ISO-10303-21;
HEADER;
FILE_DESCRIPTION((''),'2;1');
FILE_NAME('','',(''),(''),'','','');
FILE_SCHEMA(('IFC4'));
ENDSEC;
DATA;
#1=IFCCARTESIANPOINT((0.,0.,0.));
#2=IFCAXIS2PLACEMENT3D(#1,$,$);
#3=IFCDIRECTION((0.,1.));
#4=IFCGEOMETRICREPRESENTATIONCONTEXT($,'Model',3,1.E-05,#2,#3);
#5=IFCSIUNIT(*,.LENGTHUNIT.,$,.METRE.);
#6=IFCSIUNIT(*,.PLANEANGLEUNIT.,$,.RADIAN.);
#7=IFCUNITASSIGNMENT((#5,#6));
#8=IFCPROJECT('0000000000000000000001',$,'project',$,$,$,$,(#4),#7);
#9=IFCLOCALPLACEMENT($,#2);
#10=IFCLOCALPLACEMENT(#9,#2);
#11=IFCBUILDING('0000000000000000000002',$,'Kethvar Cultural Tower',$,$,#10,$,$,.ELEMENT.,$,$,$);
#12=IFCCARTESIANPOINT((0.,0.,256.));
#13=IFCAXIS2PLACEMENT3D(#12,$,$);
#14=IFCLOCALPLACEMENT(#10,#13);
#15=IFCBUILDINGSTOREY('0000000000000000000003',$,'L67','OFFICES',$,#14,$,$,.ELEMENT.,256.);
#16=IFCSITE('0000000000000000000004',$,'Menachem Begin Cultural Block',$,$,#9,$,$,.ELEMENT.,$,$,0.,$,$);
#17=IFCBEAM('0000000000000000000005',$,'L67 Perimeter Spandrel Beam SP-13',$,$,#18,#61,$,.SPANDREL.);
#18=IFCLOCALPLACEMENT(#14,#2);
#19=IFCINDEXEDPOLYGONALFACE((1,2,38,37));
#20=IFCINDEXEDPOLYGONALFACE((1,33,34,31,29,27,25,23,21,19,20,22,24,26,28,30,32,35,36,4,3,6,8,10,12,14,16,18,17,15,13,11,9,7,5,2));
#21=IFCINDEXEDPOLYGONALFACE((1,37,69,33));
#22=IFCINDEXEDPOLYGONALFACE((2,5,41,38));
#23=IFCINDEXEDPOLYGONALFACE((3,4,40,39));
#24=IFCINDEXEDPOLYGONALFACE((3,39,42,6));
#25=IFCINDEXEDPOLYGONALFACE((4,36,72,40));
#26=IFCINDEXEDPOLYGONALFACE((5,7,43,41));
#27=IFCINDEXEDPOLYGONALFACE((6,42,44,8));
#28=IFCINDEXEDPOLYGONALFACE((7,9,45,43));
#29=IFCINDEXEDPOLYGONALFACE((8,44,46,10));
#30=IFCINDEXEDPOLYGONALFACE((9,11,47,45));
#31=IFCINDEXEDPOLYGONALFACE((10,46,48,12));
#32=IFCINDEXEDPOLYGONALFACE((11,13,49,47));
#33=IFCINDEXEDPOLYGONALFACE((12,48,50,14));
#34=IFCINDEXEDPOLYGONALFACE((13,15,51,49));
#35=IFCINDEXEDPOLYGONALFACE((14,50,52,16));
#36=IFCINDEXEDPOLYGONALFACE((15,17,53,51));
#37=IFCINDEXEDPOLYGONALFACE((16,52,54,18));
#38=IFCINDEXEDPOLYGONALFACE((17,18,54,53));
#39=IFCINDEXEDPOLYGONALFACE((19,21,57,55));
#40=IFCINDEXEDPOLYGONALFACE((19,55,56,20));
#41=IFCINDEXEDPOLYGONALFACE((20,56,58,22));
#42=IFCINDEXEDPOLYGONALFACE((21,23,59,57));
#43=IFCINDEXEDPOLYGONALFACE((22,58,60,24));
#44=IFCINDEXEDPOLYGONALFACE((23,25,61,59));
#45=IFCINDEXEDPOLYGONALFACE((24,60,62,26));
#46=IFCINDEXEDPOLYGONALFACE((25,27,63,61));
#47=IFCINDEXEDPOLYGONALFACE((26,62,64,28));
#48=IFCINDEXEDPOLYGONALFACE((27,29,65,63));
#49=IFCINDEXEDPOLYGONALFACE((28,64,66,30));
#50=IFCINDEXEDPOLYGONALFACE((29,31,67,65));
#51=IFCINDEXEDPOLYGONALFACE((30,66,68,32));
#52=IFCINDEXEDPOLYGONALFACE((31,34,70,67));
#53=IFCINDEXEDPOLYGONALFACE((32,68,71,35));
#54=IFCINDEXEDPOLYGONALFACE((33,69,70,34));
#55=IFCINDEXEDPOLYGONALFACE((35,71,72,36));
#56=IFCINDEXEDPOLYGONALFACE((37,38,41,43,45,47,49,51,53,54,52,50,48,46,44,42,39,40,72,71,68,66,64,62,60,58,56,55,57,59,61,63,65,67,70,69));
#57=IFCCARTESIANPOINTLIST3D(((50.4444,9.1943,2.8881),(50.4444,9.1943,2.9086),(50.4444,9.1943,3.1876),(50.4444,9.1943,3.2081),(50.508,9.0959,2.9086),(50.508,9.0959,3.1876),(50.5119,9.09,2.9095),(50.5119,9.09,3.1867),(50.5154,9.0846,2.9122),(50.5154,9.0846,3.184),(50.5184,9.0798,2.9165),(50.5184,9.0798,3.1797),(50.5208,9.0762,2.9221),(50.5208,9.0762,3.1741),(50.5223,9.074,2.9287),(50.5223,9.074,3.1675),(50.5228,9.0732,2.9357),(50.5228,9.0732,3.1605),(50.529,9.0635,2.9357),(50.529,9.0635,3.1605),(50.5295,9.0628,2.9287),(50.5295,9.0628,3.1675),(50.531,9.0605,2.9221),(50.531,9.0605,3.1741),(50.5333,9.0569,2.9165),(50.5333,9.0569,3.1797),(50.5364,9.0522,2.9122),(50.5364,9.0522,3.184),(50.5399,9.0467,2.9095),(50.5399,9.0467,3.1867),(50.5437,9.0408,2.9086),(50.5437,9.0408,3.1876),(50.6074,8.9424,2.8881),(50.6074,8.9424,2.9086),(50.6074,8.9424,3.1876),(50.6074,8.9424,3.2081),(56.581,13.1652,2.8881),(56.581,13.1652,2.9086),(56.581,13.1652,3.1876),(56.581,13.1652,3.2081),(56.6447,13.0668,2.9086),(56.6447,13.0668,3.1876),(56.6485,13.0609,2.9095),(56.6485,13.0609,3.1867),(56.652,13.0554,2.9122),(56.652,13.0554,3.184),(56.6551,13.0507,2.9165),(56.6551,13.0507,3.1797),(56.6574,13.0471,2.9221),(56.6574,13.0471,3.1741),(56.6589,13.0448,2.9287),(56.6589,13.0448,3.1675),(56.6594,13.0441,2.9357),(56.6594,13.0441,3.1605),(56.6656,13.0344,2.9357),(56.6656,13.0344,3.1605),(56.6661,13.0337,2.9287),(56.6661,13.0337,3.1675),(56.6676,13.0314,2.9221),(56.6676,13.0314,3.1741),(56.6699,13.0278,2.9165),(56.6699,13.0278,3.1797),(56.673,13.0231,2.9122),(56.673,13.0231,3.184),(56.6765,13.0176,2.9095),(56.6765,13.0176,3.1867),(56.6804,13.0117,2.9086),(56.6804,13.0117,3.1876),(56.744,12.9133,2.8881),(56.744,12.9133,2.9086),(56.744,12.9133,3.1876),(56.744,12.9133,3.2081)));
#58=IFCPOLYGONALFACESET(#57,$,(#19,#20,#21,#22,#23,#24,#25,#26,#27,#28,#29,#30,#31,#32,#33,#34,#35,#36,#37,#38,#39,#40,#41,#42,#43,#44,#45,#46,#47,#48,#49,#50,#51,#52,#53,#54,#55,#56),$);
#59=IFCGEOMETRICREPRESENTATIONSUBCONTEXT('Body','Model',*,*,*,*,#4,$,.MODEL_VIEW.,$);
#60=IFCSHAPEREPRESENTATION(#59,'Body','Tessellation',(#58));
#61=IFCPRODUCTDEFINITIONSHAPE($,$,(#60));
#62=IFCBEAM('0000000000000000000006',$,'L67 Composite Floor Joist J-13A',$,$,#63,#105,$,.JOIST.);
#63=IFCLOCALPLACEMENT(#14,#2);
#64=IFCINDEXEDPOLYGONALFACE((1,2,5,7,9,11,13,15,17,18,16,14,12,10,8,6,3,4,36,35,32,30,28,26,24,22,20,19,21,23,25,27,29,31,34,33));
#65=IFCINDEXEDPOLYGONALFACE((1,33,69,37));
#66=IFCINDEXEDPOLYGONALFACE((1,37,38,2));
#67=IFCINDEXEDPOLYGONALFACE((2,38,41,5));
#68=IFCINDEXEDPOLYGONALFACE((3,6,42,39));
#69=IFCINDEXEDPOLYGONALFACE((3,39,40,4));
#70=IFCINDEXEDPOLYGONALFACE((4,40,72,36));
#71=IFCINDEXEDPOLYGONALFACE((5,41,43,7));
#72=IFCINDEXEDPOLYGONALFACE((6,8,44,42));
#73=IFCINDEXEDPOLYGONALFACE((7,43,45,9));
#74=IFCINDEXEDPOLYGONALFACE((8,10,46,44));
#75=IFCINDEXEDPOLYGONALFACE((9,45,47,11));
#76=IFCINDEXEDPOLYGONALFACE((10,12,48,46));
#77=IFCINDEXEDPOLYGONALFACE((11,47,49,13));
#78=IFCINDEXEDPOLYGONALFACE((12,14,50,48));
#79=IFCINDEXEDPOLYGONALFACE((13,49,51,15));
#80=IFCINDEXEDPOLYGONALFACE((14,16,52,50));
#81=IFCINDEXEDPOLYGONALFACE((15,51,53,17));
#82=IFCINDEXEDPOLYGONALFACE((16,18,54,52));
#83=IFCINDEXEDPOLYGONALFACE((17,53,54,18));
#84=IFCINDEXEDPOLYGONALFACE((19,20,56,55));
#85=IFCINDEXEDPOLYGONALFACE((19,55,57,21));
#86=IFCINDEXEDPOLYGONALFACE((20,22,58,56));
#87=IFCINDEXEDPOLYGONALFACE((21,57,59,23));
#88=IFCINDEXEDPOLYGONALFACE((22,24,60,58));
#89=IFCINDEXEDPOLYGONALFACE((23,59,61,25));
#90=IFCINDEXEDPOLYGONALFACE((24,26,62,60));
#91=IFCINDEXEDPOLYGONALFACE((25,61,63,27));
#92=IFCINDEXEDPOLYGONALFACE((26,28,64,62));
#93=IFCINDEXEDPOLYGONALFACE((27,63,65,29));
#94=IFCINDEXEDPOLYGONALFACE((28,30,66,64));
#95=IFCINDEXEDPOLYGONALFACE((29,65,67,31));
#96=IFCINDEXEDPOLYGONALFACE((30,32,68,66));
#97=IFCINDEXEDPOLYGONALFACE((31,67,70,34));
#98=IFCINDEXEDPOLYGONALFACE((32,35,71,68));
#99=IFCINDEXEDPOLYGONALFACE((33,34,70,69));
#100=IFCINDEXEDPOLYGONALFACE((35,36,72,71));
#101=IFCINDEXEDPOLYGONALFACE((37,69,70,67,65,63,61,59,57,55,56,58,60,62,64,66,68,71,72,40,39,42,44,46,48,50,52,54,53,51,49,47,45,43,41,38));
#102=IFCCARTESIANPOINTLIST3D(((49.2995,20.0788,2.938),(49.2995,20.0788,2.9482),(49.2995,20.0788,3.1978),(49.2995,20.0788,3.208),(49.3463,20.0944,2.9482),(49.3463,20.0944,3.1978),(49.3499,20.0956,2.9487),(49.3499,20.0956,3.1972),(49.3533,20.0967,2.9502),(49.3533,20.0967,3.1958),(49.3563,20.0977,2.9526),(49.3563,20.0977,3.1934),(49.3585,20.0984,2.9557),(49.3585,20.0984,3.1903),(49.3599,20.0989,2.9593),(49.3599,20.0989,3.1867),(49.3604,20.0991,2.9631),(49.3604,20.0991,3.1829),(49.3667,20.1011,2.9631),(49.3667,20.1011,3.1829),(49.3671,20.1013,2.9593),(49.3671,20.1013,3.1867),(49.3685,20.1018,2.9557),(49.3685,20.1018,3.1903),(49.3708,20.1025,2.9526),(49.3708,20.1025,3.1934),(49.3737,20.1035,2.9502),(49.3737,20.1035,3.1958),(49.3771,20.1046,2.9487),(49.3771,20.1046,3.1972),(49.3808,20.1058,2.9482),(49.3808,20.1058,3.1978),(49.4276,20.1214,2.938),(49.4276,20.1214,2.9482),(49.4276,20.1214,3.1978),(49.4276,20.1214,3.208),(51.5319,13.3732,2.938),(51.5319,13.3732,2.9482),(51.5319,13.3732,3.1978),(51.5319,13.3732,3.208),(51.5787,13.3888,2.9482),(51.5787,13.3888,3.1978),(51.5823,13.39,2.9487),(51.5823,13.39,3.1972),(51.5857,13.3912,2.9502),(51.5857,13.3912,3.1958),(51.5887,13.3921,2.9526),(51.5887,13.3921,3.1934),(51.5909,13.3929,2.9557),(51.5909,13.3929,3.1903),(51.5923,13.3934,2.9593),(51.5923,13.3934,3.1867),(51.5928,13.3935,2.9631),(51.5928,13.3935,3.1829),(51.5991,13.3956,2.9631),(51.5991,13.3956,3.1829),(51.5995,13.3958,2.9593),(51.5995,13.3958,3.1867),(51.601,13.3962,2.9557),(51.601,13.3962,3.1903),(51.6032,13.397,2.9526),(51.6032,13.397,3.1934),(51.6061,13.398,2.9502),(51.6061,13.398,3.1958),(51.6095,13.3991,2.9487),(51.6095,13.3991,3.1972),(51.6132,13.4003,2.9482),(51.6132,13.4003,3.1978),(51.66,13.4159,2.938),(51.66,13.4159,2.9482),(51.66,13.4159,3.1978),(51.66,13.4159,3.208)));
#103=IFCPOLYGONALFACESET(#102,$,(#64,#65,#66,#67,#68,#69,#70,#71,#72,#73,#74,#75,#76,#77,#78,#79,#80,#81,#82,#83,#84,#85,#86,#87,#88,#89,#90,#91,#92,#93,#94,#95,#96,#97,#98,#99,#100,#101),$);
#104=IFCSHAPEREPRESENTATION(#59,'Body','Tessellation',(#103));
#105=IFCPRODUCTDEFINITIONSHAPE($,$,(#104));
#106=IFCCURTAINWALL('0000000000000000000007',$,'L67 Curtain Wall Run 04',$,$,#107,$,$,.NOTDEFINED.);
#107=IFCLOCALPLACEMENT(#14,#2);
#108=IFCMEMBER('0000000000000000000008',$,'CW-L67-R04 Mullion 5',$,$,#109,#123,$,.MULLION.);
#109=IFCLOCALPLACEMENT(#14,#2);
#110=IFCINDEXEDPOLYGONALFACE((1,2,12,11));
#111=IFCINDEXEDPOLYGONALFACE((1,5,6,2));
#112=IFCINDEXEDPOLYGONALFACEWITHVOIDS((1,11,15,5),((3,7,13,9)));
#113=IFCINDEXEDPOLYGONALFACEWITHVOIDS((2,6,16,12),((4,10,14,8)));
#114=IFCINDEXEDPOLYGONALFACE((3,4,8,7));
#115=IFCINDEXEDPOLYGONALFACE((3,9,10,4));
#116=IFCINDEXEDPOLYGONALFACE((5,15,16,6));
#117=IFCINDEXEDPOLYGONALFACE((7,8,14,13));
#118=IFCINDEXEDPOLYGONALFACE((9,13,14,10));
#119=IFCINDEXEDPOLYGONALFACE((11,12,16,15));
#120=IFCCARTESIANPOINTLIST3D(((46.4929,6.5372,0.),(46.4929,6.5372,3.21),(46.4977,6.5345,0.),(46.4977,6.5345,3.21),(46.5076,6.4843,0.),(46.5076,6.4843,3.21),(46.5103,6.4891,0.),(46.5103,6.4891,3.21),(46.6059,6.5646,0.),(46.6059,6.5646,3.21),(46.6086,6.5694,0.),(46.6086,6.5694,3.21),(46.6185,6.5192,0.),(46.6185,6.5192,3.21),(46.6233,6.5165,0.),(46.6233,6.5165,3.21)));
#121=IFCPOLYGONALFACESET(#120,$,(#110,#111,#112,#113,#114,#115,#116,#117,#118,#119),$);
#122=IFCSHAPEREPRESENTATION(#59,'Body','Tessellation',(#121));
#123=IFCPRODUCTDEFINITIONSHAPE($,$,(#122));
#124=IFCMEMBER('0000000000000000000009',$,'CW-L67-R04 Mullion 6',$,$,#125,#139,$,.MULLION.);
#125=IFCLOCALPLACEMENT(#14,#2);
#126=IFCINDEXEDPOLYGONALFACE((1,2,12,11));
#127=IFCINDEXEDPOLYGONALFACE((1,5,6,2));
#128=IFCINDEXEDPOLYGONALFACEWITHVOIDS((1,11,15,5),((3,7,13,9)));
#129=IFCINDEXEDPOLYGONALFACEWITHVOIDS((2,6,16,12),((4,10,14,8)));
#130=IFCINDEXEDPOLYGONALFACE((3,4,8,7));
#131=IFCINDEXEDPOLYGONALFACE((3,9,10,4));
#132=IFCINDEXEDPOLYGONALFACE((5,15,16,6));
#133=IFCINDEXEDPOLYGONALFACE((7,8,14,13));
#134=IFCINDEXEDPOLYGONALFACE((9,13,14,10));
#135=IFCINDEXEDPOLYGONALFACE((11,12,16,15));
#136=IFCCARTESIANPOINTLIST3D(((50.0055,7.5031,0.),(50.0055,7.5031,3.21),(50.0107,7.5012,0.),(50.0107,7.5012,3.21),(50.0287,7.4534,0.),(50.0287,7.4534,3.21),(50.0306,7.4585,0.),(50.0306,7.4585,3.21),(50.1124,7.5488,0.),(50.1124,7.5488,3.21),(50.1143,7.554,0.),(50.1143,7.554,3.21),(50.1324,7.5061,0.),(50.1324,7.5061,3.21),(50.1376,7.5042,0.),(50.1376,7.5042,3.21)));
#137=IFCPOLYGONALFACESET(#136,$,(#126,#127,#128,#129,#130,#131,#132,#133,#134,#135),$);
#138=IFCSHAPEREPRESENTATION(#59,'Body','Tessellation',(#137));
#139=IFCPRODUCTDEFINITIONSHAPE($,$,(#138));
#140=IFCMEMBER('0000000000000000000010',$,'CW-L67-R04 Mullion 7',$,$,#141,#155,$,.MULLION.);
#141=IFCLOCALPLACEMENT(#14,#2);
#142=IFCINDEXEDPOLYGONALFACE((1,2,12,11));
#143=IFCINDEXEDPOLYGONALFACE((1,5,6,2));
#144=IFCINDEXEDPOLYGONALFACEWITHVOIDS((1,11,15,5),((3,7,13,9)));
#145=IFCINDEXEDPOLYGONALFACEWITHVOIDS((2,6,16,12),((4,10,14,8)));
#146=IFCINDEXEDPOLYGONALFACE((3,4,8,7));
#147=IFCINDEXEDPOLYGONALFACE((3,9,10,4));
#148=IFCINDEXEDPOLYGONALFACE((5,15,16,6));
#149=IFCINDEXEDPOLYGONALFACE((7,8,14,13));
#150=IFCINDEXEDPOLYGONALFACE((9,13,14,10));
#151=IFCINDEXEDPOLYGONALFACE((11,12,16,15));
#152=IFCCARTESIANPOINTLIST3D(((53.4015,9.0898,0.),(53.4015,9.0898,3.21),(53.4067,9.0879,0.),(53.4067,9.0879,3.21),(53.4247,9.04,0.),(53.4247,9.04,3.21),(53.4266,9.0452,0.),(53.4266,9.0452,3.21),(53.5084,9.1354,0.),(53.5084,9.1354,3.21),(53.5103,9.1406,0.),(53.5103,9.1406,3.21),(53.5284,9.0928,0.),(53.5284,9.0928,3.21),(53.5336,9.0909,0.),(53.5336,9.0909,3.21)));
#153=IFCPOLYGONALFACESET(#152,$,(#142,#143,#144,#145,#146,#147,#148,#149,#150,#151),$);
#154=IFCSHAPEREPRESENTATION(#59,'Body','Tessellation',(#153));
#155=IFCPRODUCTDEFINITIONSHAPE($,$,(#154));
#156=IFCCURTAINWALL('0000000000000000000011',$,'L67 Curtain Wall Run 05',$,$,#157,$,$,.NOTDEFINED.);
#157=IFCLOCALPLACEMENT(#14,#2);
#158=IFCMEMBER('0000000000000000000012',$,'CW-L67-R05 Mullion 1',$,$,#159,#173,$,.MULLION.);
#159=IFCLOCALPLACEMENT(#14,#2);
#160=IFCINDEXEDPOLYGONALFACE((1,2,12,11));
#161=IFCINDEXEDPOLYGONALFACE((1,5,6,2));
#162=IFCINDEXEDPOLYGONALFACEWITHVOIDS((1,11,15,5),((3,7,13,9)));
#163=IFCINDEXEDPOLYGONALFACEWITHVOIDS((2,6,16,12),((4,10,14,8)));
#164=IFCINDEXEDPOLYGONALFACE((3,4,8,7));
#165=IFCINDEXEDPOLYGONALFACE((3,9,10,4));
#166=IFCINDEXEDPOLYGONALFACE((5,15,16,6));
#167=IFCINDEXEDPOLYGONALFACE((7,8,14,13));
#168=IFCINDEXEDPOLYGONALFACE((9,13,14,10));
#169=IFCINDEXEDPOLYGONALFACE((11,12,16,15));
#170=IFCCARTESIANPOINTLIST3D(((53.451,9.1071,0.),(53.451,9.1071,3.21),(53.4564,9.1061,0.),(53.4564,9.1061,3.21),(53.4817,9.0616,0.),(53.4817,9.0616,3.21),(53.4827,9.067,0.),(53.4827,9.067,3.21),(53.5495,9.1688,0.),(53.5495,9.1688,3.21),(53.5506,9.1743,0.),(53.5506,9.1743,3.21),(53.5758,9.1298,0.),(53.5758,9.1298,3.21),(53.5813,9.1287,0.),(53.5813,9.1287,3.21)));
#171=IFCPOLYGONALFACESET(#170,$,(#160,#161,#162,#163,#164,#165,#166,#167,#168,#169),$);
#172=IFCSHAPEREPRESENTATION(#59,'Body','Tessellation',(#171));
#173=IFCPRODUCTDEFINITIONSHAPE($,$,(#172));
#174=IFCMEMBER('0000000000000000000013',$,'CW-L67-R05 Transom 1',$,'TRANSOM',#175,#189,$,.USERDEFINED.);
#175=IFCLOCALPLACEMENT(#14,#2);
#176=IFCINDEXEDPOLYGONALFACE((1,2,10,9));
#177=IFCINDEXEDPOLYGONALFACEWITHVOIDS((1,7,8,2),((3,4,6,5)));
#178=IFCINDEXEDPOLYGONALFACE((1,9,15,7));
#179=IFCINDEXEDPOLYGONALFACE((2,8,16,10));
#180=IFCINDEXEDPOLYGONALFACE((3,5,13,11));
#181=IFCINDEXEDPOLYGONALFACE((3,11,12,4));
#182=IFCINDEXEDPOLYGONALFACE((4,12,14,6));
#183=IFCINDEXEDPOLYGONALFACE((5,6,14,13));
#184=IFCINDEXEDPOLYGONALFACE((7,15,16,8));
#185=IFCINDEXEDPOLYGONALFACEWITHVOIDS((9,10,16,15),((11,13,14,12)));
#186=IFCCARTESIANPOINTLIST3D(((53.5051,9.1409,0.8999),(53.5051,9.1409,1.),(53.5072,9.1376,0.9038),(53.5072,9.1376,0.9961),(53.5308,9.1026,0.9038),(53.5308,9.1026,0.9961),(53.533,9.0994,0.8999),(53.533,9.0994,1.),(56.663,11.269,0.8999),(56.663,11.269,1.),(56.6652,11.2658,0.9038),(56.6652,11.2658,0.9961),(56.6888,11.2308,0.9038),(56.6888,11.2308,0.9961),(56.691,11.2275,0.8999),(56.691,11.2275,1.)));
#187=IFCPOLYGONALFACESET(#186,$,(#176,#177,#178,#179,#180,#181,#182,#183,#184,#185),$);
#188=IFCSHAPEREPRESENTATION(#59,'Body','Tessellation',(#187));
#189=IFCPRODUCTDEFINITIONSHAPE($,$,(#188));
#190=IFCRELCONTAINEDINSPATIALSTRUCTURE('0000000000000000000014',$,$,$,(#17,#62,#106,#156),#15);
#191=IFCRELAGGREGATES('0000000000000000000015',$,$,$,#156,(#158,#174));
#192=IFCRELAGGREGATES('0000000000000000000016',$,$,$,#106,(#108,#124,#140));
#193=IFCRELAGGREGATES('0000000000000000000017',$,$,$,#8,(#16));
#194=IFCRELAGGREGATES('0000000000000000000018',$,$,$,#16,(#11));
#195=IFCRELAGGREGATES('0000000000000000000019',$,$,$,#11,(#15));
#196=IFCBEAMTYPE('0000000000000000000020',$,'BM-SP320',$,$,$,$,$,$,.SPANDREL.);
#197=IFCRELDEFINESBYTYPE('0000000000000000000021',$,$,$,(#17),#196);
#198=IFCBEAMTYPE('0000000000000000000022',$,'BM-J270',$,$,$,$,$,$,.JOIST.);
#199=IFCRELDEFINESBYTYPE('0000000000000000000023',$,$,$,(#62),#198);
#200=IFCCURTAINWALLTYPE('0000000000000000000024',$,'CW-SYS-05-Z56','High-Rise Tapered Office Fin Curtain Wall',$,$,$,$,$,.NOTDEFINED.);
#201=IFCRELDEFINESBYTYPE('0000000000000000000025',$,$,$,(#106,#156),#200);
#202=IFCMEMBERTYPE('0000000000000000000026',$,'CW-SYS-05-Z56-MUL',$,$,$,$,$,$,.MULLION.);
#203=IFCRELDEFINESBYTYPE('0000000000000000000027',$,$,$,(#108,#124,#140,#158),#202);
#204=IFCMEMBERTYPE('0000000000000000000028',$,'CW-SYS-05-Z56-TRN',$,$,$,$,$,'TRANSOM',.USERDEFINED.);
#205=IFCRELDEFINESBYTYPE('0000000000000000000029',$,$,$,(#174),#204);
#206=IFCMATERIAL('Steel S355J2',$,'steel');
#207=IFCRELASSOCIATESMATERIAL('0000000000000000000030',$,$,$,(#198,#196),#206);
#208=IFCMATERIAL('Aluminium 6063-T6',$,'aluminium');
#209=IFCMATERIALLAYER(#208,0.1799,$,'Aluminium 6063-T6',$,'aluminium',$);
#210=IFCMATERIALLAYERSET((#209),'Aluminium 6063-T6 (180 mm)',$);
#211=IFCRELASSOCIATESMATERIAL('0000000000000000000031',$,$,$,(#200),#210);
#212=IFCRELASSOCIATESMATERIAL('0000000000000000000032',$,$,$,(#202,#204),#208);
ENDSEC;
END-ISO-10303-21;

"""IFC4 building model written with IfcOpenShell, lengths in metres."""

from ifc_helpers import new_model, si_unit, direction, frame, origin, origin_2d, place, context, subcontext, project, spatial, hollow_rectangle, i_section, extrude, source, transform, mapped, material, layer, layer_set, material_profile, profile_set, type_object, element, aggregate, save


model = new_model("IFC4")

# Units and contexts
model_context = context("Model", 3, precision=1e-05, world=origin(), true_north=direction((0.0, 1.0)))
body_context = subcontext(model_context, "Body", "Model", "MODEL_VIEW")
ifc_project = project(units=[si_unit("LENGTHUNIT", "METRE"), si_unit("PLANEANGLEUNIT", "RADIAN")], contexts=[model_context])

# Site, building, storey
site_placement = place(None, origin())
site = spatial("IfcSite", under=ifc_project, at=site_placement, Name="Menachem Begin Cultural Block", CompositionType="ELEMENT", RefElevation=0.0)
building_placement = place(site_placement, origin())
building = spatial("IfcBuilding", under=site, at=building_placement, Name="Kethvar Cultural Tower", CompositionType="ELEMENT")
storey_placement = place(building_placement, frame((0.0, 0.0, 256.0)))
storey = spatial("IfcBuildingStorey", under=building, at=storey_placement, Name="L67", Description="OFFICES", CompositionType="ELEMENT", Elevation=256.0)

# Beams
ifc_material_1 = material(Name="Steel S355J2", Category="steel")
ifc_material_profile_1 = material_profile(ifc_material_1, i_section(OverallWidth=0.135, OverallDepth=0.27, WebThickness=0.0066, FlangeThickness=0.0103, FilletRadius=0.0149, at=origin_2d()), Name="Steel S355J2 — IPE270")
ifc_profile_set_1 = profile_set([ifc_material_profile_1], Name="Steel S355J2 — IPE270")
beam_type_1 = type_object("IfcBeamType", Name="BM-J270", PredefinedType="JOIST", material=ifc_profile_set_1)
ifc_material_profile_2 = material_profile(ifc_material_1, i_section(OverallWidth=0.3, OverallDepth=0.3201, WebThickness=0.0115, FlangeThickness=0.0205, FilletRadius=0.0271, at=origin_2d()), Name="Steel S355J2 — HEB320")
ifc_profile_set_2 = profile_set([ifc_material_profile_2], Name="Steel S355J2 — HEB320")
beam_type_2 = type_object("IfcBeamType", Name="BM-SP320", PredefinedType="SPANDREL", material=ifc_profile_set_2)
shared_shape_1 = source(origin(), body_context, "Body", "SweptSolid", [
    extrude(i_section(OverallWidth=0.3, OverallDepth=0.3201, WebThickness=0.0115, FlangeThickness=0.0205, FilletRadius=0.0271, at=origin_2d()), origin(), (0.0, 0.0, 1.0), 7.3093),
])
beam_1_placement = place(storey_placement, frame((50.5259, 9.0684, 3.0481), z_axis=(0.839562, 0.543264, 0.0), x_axis=(-0.543264, 0.839562, 0.0)))
element("IfcBeam", 1, at=beam_1_placement, inside=storey, type_object=beam_type_2, Name="L67 Perimeter Spandrel Beam SP-13", PredefinedType="SPANDREL", context=body_context, shape_type="MappedRepresentation", body=[
    mapped(shared_shape_1, transform((0.0, 0.0, 0.0), scale=1.0)),
])
shared_shape_2 = source(origin(), body_context, "Body", "SweptSolid", [
    extrude(i_section(OverallWidth=0.135, OverallDepth=0.27, WebThickness=0.0066, FlangeThickness=0.0103, FilletRadius=0.0149, at=origin_2d()), origin(), (0.0, 0.0, 1.0), 7.0674),
])
beam_2_placement = place(storey_placement, frame((49.3635, 20.1001, 3.073), z_axis=(0.315875, -0.948801, 0.0), x_axis=(0.948801, 0.315875, 0.0)))
element("IfcBeam", 2, at=beam_2_placement, inside=storey, type_object=beam_type_1, Name="L67 Composite Floor Joist J-13A", PredefinedType="JOIST", context=body_context, shape_type="MappedRepresentation", body=[
    mapped(shared_shape_2, transform((0.0, 0.0, 0.0), scale=1.0)),
])

# Curtain walls, members
ifc_material_2 = material(Name="Aluminium 6063-T6", Category="aluminium")
ifc_layer_1 = layer(ifc_material_2, 0.1799, Name="Aluminium 6063-T6", Category="aluminium")
ifc_layer_set_1 = layer_set([ifc_layer_1], Name="Aluminium 6063-T6 (180 mm)")
curtain_wall_type = type_object("IfcCurtainWallType", Name="CW-SYS-05-Z56", Description="High-Rise Tapered Office Fin Curtain Wall", PredefinedType="NOTDEFINED", material=ifc_layer_set_1)
curtain_wall_1_placement = place(storey_placement, origin())
curtain_wall_1 = element("IfcCurtainWall", 3, at=curtain_wall_1_placement, inside=storey, type_object=curtain_wall_type, Name="L67 Curtain Wall Run 04", PredefinedType="NOTDEFINED")
ifc_material_profile_3 = material_profile(ifc_material_2, hollow_rectangle(XDim=0.0549, YDim=0.1201, WallThickness=0.0039, at=origin_2d()), Name="Aluminium 6063-T6 — RHS120x55x4")
ifc_profile_set_3 = profile_set([ifc_material_profile_3], Name="Aluminium 6063-T6 — RHS120x55x4")
member_type_1 = type_object("IfcMemberType", Name="CW-SYS-05-Z56-MUL", PredefinedType="MULLION", material=ifc_profile_set_3)
shared_shape_3 = source(origin(), body_context, "Body", "SweptSolid", [
    extrude(hollow_rectangle(XDim=0.0549, YDim=0.1201, WallThickness=0.0039, at=origin_2d()), origin(), (0.0, 0.0, 1.0), 3.21),
])
member_1_placement = place(storey_placement, frame((46.5581, 6.5269, 0.0), z_axis=(0.0, 0.0, 1.0), x_axis=(-0.26818, 0.963369, 0.0)))
member_1 = element("IfcMember", 4, at=member_1_placement, type_object=member_type_1, Name="CW-L67-R04 Mullion 5", PredefinedType="MULLION", context=body_context, shape_type="MappedRepresentation", body=[
    mapped(shared_shape_3, transform((0.0, 0.0, 0.0), scale=1.0)),
])
member_2_placement = place(storey_placement, frame((50.0715, 7.5037, 0.0), z_axis=(0.0, 0.0, 1.0), x_axis=(-0.42333, 0.905976, 0.0)))
member_2 = element("IfcMember", 5, at=member_2_placement, type_object=member_type_1, Name="CW-L67-R04 Mullion 6", PredefinedType="MULLION", context=body_context, shape_type="MappedRepresentation", body=[
    mapped(shared_shape_3, transform((0.0, 0.0, 0.0), scale=1.0)),
])
member_3_placement = place(storey_placement, frame((53.4675, 9.0903, 0.0), z_axis=(0.0, 0.0, 1.0), x_axis=(-0.42333, 0.905976, 0.0)))
member_3 = element("IfcMember", 6, at=member_3_placement, type_object=member_type_1, Name="CW-L67-R04 Mullion 7", PredefinedType="MULLION", context=body_context, shape_type="MappedRepresentation", body=[
    mapped(shared_shape_3, transform((0.0, 0.0, 0.0), scale=1.0)),
])
curtain_wall_2_placement = place(storey_placement, origin())
curtain_wall_2 = element("IfcCurtainWall", 7, at=curtain_wall_2_placement, inside=storey, type_object=curtain_wall_type, Name="L67 Curtain Wall Run 05", PredefinedType="NOTDEFINED")
member_4_placement = place(storey_placement, frame((53.5161, 9.1179, 0.0), z_axis=(0.0, 0.0, 1.0), x_axis=(-0.558889, 0.829242, 0.0)))
member_4 = element("IfcMember", 8, at=member_4_placement, type_object=member_type_1, Name="CW-L67-R05 Mullion 1", PredefinedType="MULLION", context=body_context, shape_type="MappedRepresentation", body=[
    mapped(shared_shape_3, transform((0.0, 0.0, 0.0), scale=1.0)),
])
ifc_material_profile_4 = material_profile(ifc_material_2, hollow_rectangle(XDim=0.05, YDim=0.1001, WallThickness=0.0039, at=origin_2d()), Name="Aluminium 6063-T6 — RHS100x50x4")
ifc_profile_set_4 = profile_set([ifc_material_profile_4], Name="Aluminium 6063-T6 — RHS100x50x4")
member_type_2 = type_object("IfcMemberType", Name="CW-SYS-05-Z56-TRN", ElementType="TRANSOM", PredefinedType="USERDEFINED", material=ifc_profile_set_4)
shared_shape_4 = source(origin(), body_context, "Body", "SweptSolid", [
    extrude(hollow_rectangle(XDim=0.05, YDim=0.1001, WallThickness=0.0039, at=origin_2d()), origin(), (0.0, 0.0, 1.0), 3.8081),
])
member_5_placement = place(storey_placement, frame((53.519, 9.1201, 0.95), z_axis=(0.829268, 0.558851, 0.0), x_axis=(-0.558851, 0.829268, 0.0)))
member_5 = element("IfcMember", 9, at=member_5_placement, type_object=member_type_2, Name="CW-L67-R05 Transom 1", ObjectType="TRANSOM", PredefinedType="USERDEFINED", context=body_context, shape_type="MappedRepresentation", body=[
    mapped(shared_shape_4, transform((0.0, 0.0, 0.0), scale=1.0)),
])
aggregate(curtain_wall_2, [member_4, member_5])

aggregate(curtain_wall_1, [member_1, member_2, member_3])

save(model, "model.ifc")
